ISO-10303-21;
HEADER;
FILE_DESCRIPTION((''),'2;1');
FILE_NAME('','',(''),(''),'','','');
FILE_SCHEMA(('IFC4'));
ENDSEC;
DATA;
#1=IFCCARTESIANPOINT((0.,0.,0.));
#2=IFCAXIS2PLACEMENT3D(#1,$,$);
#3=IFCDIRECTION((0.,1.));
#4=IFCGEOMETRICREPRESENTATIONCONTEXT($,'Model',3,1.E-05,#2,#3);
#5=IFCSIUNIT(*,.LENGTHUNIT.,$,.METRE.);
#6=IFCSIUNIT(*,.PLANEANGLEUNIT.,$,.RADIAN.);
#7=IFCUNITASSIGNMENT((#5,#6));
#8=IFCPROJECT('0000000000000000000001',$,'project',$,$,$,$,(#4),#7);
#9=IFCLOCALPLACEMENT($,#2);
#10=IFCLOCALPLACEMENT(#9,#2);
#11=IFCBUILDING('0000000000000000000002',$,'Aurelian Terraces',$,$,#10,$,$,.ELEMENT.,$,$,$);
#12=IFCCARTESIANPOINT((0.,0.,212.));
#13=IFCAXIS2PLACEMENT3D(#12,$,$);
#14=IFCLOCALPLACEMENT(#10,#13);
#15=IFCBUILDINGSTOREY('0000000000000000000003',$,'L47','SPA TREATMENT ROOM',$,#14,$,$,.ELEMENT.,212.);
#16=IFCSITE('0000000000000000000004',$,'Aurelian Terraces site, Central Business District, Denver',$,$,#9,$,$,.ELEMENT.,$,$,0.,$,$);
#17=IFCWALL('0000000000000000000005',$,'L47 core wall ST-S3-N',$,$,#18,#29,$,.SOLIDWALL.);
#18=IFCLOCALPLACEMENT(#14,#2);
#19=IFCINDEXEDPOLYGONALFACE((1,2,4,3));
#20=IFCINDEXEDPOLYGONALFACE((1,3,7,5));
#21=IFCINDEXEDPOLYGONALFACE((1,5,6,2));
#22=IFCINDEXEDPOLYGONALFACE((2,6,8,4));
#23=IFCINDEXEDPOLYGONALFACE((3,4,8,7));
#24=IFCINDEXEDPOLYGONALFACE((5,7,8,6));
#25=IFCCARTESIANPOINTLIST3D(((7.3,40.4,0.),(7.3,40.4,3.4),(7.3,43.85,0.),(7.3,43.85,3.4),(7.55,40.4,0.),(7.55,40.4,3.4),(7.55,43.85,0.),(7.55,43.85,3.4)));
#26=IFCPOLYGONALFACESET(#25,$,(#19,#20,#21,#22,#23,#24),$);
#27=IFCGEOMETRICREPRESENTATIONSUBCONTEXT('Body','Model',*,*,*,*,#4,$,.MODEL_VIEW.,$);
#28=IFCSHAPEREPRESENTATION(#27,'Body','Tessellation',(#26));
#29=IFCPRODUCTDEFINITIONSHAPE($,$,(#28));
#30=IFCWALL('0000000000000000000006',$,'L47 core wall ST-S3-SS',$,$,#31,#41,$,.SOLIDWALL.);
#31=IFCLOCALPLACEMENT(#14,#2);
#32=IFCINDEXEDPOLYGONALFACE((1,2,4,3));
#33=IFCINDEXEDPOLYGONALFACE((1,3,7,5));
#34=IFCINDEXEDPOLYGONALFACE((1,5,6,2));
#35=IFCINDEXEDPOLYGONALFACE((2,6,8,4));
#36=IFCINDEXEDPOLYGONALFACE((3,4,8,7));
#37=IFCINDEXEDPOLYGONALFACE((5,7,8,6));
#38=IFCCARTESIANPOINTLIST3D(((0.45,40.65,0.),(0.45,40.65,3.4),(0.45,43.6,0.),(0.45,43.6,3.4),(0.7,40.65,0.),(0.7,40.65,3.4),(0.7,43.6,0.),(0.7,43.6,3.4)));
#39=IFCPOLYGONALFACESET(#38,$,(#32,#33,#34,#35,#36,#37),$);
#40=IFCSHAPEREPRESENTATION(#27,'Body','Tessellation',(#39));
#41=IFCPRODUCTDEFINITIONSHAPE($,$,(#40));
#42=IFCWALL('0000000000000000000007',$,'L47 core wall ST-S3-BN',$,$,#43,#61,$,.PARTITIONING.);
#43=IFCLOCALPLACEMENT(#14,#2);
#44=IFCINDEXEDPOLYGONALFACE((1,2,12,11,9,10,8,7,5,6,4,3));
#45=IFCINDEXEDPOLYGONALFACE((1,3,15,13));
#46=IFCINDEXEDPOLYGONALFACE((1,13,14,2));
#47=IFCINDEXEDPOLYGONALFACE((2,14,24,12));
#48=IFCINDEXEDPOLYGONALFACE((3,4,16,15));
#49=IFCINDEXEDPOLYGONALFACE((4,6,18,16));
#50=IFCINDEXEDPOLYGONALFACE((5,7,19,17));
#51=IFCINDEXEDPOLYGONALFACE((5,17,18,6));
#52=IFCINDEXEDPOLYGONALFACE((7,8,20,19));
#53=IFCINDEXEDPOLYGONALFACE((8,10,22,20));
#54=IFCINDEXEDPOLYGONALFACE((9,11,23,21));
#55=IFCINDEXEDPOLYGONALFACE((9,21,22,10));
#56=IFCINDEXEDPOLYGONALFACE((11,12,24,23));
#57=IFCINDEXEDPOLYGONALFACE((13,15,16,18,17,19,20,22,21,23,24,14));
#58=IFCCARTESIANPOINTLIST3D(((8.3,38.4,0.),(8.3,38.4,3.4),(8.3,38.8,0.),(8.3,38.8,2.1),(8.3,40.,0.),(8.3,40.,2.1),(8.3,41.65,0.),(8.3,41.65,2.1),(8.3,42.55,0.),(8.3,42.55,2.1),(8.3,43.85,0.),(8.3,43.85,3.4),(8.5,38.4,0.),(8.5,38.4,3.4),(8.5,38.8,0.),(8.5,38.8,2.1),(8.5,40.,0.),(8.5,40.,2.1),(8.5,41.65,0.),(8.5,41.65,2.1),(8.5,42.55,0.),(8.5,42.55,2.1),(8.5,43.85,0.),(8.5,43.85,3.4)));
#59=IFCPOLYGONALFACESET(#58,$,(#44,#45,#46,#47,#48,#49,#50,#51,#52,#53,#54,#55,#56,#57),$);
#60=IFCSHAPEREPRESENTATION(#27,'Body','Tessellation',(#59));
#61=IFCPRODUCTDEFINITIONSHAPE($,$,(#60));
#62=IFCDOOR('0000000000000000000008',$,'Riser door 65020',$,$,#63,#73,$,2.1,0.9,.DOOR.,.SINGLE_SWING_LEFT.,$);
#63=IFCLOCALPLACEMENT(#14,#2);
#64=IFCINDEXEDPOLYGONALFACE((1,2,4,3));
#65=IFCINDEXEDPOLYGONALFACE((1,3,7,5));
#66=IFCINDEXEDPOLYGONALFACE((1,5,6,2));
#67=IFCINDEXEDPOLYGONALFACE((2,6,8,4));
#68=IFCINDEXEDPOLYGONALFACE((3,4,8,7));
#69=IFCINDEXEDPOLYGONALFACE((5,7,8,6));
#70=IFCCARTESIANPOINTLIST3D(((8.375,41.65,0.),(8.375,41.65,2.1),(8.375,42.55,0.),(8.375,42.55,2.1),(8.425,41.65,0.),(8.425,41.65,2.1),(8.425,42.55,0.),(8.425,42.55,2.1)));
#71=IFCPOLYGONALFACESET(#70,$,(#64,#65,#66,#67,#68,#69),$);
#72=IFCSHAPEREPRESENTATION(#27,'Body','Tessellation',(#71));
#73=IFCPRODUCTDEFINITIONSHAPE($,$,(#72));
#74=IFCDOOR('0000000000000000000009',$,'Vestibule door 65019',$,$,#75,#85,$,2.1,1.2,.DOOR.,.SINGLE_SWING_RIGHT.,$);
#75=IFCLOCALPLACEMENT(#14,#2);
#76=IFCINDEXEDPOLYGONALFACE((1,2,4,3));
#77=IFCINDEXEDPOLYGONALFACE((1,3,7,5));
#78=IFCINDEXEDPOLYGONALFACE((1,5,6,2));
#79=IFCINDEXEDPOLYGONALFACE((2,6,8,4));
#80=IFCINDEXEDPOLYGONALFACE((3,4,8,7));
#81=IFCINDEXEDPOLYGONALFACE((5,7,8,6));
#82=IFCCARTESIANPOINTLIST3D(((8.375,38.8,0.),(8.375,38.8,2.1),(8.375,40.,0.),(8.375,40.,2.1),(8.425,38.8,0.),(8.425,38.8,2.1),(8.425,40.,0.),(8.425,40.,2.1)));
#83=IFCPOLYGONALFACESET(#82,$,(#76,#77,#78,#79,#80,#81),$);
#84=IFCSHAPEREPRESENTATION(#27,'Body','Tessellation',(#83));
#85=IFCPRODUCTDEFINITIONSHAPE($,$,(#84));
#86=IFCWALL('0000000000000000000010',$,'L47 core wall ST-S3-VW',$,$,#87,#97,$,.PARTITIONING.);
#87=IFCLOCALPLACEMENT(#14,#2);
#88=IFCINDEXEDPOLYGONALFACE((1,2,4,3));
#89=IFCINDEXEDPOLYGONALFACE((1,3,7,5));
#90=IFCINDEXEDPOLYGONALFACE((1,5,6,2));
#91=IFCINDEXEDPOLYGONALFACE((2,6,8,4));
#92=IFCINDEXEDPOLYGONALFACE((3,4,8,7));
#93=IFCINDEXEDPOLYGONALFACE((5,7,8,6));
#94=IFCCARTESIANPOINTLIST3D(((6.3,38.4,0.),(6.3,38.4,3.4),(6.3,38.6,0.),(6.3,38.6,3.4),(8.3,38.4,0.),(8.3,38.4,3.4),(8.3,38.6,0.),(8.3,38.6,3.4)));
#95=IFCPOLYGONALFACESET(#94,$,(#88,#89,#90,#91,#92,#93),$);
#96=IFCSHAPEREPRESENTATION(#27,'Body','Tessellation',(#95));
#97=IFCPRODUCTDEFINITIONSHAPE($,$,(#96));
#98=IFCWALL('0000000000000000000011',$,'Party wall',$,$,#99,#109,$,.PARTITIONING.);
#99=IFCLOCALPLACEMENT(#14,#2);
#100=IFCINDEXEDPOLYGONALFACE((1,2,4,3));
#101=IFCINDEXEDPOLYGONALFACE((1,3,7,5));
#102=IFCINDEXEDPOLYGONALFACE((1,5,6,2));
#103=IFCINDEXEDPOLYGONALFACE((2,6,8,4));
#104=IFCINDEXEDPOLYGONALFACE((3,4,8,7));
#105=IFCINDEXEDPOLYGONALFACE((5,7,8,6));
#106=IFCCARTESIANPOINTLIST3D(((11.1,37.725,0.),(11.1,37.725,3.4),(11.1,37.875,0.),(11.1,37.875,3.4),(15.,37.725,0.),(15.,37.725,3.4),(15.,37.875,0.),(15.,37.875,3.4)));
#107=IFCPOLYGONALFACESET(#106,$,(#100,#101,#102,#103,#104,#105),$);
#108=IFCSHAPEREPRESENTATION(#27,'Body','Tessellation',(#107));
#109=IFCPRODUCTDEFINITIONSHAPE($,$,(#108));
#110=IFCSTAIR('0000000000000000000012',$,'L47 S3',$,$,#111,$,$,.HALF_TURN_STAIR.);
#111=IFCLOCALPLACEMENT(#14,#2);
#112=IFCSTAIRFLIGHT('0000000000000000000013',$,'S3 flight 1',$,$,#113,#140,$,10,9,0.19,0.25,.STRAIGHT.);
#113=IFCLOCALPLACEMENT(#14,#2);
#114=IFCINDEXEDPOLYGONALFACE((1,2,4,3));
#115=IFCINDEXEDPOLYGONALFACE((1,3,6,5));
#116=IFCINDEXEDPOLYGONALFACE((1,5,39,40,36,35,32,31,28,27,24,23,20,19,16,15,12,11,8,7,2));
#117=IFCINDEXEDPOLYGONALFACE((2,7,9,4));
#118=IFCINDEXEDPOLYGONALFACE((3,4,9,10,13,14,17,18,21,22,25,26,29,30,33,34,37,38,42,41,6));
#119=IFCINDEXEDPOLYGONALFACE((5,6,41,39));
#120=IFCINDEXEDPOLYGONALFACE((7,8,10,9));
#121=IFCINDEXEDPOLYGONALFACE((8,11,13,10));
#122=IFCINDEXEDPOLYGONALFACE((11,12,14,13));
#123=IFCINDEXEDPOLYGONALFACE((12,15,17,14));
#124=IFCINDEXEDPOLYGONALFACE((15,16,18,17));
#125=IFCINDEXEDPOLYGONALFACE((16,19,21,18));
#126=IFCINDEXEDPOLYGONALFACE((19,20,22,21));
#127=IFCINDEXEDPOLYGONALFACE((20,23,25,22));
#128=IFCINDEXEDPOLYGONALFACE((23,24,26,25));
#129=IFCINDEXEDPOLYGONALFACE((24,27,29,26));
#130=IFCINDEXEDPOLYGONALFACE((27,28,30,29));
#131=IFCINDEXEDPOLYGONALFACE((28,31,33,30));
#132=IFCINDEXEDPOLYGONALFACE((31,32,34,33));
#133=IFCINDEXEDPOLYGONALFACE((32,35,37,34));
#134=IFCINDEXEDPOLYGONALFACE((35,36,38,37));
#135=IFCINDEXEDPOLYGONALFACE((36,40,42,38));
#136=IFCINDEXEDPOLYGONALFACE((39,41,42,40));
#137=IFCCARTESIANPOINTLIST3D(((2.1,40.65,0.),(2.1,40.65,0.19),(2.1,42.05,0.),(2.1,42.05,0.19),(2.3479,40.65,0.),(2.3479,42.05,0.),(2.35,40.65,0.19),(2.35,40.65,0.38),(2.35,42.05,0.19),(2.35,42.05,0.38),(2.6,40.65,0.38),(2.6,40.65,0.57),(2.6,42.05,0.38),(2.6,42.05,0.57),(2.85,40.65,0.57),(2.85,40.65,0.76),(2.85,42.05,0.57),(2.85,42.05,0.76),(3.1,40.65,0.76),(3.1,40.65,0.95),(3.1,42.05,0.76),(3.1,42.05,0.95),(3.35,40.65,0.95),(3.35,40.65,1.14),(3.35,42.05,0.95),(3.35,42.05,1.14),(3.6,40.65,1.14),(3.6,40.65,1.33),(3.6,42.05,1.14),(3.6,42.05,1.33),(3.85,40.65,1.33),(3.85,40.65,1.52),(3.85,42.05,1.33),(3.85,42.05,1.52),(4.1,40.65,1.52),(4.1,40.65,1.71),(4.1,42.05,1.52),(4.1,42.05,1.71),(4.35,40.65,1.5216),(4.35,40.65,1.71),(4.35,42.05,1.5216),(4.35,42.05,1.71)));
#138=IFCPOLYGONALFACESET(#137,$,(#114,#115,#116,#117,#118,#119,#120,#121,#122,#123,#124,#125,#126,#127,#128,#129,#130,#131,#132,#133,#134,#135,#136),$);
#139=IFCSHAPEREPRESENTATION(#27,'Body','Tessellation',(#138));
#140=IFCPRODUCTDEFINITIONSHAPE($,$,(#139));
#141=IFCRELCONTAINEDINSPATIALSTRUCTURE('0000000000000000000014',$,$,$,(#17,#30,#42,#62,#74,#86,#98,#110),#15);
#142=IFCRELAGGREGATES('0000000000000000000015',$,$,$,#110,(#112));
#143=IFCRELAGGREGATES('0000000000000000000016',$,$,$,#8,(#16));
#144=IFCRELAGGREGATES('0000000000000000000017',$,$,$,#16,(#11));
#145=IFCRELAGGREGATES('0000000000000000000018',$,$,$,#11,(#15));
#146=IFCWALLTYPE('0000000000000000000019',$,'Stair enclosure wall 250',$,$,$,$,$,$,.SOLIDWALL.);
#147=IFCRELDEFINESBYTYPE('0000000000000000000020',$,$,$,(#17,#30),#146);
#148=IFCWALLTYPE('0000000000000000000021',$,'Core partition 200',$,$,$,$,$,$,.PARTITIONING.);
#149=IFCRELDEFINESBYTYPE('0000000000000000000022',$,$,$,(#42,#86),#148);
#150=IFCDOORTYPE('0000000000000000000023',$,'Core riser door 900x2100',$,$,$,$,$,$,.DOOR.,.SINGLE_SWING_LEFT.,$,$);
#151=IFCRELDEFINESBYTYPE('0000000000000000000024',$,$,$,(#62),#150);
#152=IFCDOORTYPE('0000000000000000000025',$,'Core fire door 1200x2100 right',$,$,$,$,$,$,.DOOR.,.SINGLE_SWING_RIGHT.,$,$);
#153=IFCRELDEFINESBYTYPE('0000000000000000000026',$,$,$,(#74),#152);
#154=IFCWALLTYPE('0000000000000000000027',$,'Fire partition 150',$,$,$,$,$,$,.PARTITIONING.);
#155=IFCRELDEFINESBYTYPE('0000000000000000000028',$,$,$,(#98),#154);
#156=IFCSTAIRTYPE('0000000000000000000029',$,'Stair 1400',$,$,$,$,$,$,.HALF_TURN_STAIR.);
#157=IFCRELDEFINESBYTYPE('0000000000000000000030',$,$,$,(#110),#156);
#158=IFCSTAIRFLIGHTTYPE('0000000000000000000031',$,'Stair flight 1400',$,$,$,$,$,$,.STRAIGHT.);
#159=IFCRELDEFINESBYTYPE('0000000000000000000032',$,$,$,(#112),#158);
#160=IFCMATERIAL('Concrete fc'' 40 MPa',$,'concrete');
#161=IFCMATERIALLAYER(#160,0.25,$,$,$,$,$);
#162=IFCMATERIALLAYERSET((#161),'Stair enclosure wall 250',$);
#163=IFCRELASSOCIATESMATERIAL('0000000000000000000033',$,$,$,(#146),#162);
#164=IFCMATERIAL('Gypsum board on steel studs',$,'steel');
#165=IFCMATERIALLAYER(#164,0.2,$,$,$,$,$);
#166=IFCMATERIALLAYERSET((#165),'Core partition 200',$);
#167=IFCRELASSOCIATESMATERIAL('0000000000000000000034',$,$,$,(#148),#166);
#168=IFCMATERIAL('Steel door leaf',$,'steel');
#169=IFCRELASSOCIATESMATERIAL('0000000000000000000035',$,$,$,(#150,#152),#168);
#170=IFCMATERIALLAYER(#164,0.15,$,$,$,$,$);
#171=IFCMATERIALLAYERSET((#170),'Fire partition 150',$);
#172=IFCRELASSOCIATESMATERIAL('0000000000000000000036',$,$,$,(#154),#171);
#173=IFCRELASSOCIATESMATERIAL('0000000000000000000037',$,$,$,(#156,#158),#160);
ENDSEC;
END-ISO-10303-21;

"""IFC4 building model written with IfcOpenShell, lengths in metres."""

from ifc_helpers import new_model, si_unit, direction, frame, frame_2d, origin, place, context, subcontext, project, spatial, polyline, rectangle, outline, extrude, source, transform, mapped, material, layer, layer_set, type_object, element, fill, aggregate, save


model = new_model("IFC4")

# Units and contexts
model_context = context("Model", 3, precision=1e-05, world=origin(), true_north=direction((0.0, 1.0)))
body_context = subcontext(model_context, "Body", "Model", "MODEL_VIEW")
ifc_project = project(units=[si_unit("LENGTHUNIT", "METRE"), si_unit("PLANEANGLEUNIT", "RADIAN")], contexts=[model_context])

# Site, building, storey
site_placement = place(None, origin())
site = spatial("IfcSite", under=ifc_project, at=site_placement, Name="Aurelian Terraces site, Central Business District, Denver", CompositionType="ELEMENT", RefElevation=0.0)
building_placement = place(site_placement, origin())
building = spatial("IfcBuilding", under=site, at=building_placement, Name="Aurelian Terraces", CompositionType="ELEMENT")
storey_placement = place(building_placement, frame((0.0, 0.0, 212.0)))
storey = spatial("IfcBuildingStorey", under=building, at=storey_placement, Name="L47", Description="SPA TREATMENT ROOM", CompositionType="ELEMENT", Elevation=212.0)

# Shared definitions
ifc_material_1 = material(Name="Concrete fc' 40 MPa", Category="concrete")

# Shared definitions
ifc_layer_1 = layer(ifc_material_1, 0.25)
ifc_layer_set_1 = layer_set([ifc_layer_1], Name="Stair enclosure wall 250")
wall_type_1 = type_object("IfcWallType", Name="Stair enclosure wall 250", PredefinedType="SOLIDWALL", material=ifc_layer_set_1)
ifc_material_2 = material(Name="Steel door leaf", Category="steel")

# Walls
shared_shape_1 = source(origin(), body_context, "Body", "SweptSolid", [
    extrude(rectangle(XDim=3.45, YDim=0.25, at=frame_2d((1.725, 0.0))), origin(), (0.0, 0.0, 1.0), 3.4),
])
wall_1_placement = place(storey_placement, frame((7.425, 40.4, 0.0), z_axis=(0.0, 0.0, 1.0), x_axis=(0.0, 1.0, 0.0)))
element("IfcWall", 1, at=wall_1_placement, inside=storey, type_object=wall_type_1, Name="L47 core wall ST-S3-N", PredefinedType="SOLIDWALL", context=body_context, shape_type="MappedRepresentation", body=[
    mapped(shared_shape_1, transform((0.0, 0.0, 0.0), scale=1.0)),
])
shared_shape_2 = source(origin(), body_context, "Body", "SweptSolid", [
    extrude(rectangle(XDim=2.95, YDim=0.25, at=frame_2d((1.475, 0.0))), origin(), (0.0, 0.0, 1.0), 3.4),
])
wall_2_placement = place(storey_placement, frame((0.575, 40.65, 0.0), z_axis=(0.0, 0.0, 1.0), x_axis=(0.0, 1.0, 0.0)))
element("IfcWall", 2, at=wall_2_placement, inside=storey, type_object=wall_type_1, Name="L47 core wall ST-S3-SS", PredefinedType="SOLIDWALL", context=body_context, shape_type="MappedRepresentation", body=[
    mapped(shared_shape_2, transform((0.0, 0.0, 0.0), scale=1.0)),
])

# Wall, openings, doors
ifc_material_3 = material(Name="Gypsum board on steel studs", Category="steel")
ifc_layer_2 = layer(ifc_material_3, 0.2)
ifc_layer_set_2 = layer_set([ifc_layer_2], Name="Core partition 200")
wall_type_2 = type_object("IfcWallType", Name="Core partition 200", PredefinedType="PARTITIONING", material=ifc_layer_set_2)
shared_shape_3 = source(origin(), body_context, "Body", "SweptSolid", [
    extrude(rectangle(XDim=5.45, YDim=0.2, at=frame_2d((2.725, 0.0))), origin(), (0.0, 0.0, 1.0), 3.4),
])
wall_3_placement = place(storey_placement, frame((8.4, 38.4, 0.0), z_axis=(0.0, 0.0, 1.0), x_axis=(0.0, 1.0, 0.0)))
wall_3 = element("IfcWall", 3, at=wall_3_placement, inside=storey, type_object=wall_type_2, Name="L47 core wall ST-S3-BN", PredefinedType="PARTITIONING", context=body_context, shape_type="MappedRepresentation", body=[
    mapped(shared_shape_3, transform((0.0, 0.0, 0.0), scale=1.0)),
])
shared_shape_4 = source(origin(), body_context, "Body", "SweptSolid", [
    extrude(rectangle(XDim=1.2, YDim=2.1, at=frame_2d((0.6, 1.05))), frame((0.0, 0.11, 0.0), z_axis=(0.0, -1.0, 0.0), x_axis=(1.0, 0.0, 0.0)), (0.0, 0.0, 1.0), 0.22),
])
opening_1_placement = place(wall_3_placement, frame((0.4, 0.0, 0.0)))
opening_1 = element("IfcOpeningElement", 4, at=opening_1_placement, cuts=wall_3, PredefinedType="OPENING", context=body_context, shape_type="MappedRepresentation", body=[
    mapped(shared_shape_4, transform((0.0, 0.0, 0.0), scale=1.0)),
])
shared_shape_5 = source(origin(), body_context, "Body", "SweptSolid", [
    extrude(rectangle(XDim=0.9, YDim=2.1, at=frame_2d((0.45, 1.05))), frame((0.0, 0.11, 0.0), z_axis=(0.0, -1.0, 0.0), x_axis=(1.0, 0.0, 0.0)), (0.0, 0.0, 1.0), 0.22),
])
opening_2_placement = place(wall_3_placement, frame((3.25, 0.0, 0.0)))
opening_2 = element("IfcOpeningElement", 5, at=opening_2_placement, cuts=wall_3, PredefinedType="OPENING", context=body_context, shape_type="MappedRepresentation", body=[
    mapped(shared_shape_5, transform((0.0, 0.0, 0.0), scale=1.0)),
])
door_type_1 = type_object("IfcDoorType", Name="Core riser door 900x2100", OperationType="SINGLE_SWING_LEFT", PredefinedType="DOOR", material=ifc_material_2)
shared_shape_6 = source(origin(), body_context, "Body", "SweptSolid", [
    extrude(rectangle(XDim=0.9, YDim=2.1, at=frame_2d((0.45, 1.05))), frame((0.0, 0.025, 0.0), z_axis=(0.0, -1.0, 0.0), x_axis=(1.0, 0.0, 0.0)), (0.0, 0.0, 1.0), 0.05),
])
door_1_placement = place(opening_2_placement, origin())
door_1 = element("IfcDoor", 6, at=door_1_placement, inside=storey, type_object=door_type_1, Name="Riser door 65020", OperationType="SINGLE_SWING_LEFT", OverallHeight=2.1, OverallWidth=0.9, PredefinedType="DOOR", context=body_context, shape_type="MappedRepresentation", body=[
    mapped(shared_shape_6, transform((0.0, 0.0, 0.0), scale=1.0)),
])
fill(opening_2, door_1)
door_type_2 = type_object("IfcDoorType", Name="Core fire door 1200x2100 right", OperationType="SINGLE_SWING_RIGHT", PredefinedType="DOOR", material=ifc_material_2)
shared_shape_7 = source(origin(), body_context, "Body", "SweptSolid", [
    extrude(rectangle(XDim=1.2, YDim=2.1, at=frame_2d((0.6, 1.05))), frame((0.0, 0.025, 0.0), z_axis=(0.0, -1.0, 0.0), x_axis=(1.0, 0.0, 0.0)), (0.0, 0.0, 1.0), 0.05),
])
door_2_placement = place(opening_1_placement, origin())
door_2 = element("IfcDoor", 7, at=door_2_placement, inside=storey, type_object=door_type_2, Name="Vestibule door 65019", OperationType="SINGLE_SWING_RIGHT", OverallHeight=2.1, OverallWidth=1.2, PredefinedType="DOOR", context=body_context, shape_type="MappedRepresentation", body=[
    mapped(shared_shape_7, transform((0.0, 0.0, 0.0), scale=1.0)),
])
fill(opening_1, door_2)

# Walls
shared_shape_8 = source(origin(), body_context, "Body", "SweptSolid", [
    extrude(rectangle(XDim=2.0, YDim=0.2, at=frame_2d((1.0, 0.0))), origin(), (0.0, 0.0, 1.0), 3.4),
])
wall_4_placement = place(storey_placement, frame((6.3, 38.5, 0.0), z_axis=(0.0, 0.0, 1.0), x_axis=(1.0, 0.0, 0.0)))
element("IfcWall", 8, at=wall_4_placement, inside=storey, type_object=wall_type_2, Name="L47 core wall ST-S3-VW", PredefinedType="PARTITIONING", context=body_context, shape_type="MappedRepresentation", body=[
    mapped(shared_shape_8, transform((0.0, 0.0, 0.0), scale=1.0)),
])
ifc_layer_3 = layer(ifc_material_3, 0.15)
ifc_layer_set_3 = layer_set([ifc_layer_3], Name="Fire partition 150")
wall_type_3 = type_object("IfcWallType", Name="Fire partition 150", PredefinedType="PARTITIONING", material=ifc_layer_set_3)
shared_shape_9 = source(origin(), body_context, "Body", "SweptSolid", [
    extrude(rectangle(XDim=3.9, YDim=0.15, at=frame_2d((1.95, 0.0))), origin(), (0.0, 0.0, 1.0), 3.4),
])
wall_5_placement = place(storey_placement, frame((15.0, 37.8, 0.0), z_axis=(0.0, 0.0, 1.0), x_axis=(-1.0, 0.0, 0.0)))
element("IfcWall", 9, at=wall_5_placement, inside=storey, type_object=wall_type_3, Name="Party wall", PredefinedType="PARTITIONING", context=body_context, shape_type="MappedRepresentation", body=[
    mapped(shared_shape_9, transform((0.0, 0.0, 0.0), scale=1.0)),
])

# Stair, stair flight
stair_type = type_object("IfcStairType", Name="Stair 1400", PredefinedType="HALF_TURN_STAIR", material=ifc_material_1)
stair_placement = place(storey_placement, origin())
stair = element("IfcStair", 10, at=stair_placement, inside=storey, type_object=stair_type, Name="L47 S3", PredefinedType="HALF_TURN_STAIR")
stair_flight_type = type_object("IfcStairFlightType", Name="Stair flight 1400", PredefinedType="STRAIGHT", material=ifc_material_1)
shared_shape_10 = source(origin(), body_context, "Body", "SweptSolid", [
    extrude(outline(polyline([(0.0, 0.0), (0.0, 0.19), (0.25, 0.19), (0.25, 0.38), (0.5, 0.38), (0.5, 0.57), (0.75, 0.57), (0.75, 0.76), (1.0, 0.76), (1.0, 0.95), (1.25, 0.95), (1.25, 1.14), (1.5, 1.14), (1.5, 1.33), (1.75, 1.33), (1.75, 1.52), (2.0, 1.52), (2.0, 1.71), (2.25, 1.71), (2.25, 1.9), (2.25, 1.5216), (0.2479, 0.0), (0.0, 0.0)])), frame((0.0, 0.7, 0.0), z_axis=(0.0, -1.0, 0.0), x_axis=(1.0, 0.0, 0.0)), (0.0, 0.0, 1.0), 1.4),
])
stair_flight_placement = place(storey_placement, frame((2.1, 41.35, 0.0), z_axis=(0.0, 0.0, 1.0), x_axis=(1.0, 0.0, 0.0)))
stair_flight = element("IfcStairFlight", 11, at=stair_flight_placement, type_object=stair_flight_type, Name="S3 flight 1", NumberOfRisers=10, NumberOfTreads=9, PredefinedType="STRAIGHT", RiserHeight=0.19, TreadLength=0.25, context=body_context, shape_type="MappedRepresentation", body=[
    mapped(shared_shape_10, transform((0.0, 0.0, 0.0), scale=1.0)),
])
aggregate(stair, [stair_flight])

save(model, "model.ifc")
